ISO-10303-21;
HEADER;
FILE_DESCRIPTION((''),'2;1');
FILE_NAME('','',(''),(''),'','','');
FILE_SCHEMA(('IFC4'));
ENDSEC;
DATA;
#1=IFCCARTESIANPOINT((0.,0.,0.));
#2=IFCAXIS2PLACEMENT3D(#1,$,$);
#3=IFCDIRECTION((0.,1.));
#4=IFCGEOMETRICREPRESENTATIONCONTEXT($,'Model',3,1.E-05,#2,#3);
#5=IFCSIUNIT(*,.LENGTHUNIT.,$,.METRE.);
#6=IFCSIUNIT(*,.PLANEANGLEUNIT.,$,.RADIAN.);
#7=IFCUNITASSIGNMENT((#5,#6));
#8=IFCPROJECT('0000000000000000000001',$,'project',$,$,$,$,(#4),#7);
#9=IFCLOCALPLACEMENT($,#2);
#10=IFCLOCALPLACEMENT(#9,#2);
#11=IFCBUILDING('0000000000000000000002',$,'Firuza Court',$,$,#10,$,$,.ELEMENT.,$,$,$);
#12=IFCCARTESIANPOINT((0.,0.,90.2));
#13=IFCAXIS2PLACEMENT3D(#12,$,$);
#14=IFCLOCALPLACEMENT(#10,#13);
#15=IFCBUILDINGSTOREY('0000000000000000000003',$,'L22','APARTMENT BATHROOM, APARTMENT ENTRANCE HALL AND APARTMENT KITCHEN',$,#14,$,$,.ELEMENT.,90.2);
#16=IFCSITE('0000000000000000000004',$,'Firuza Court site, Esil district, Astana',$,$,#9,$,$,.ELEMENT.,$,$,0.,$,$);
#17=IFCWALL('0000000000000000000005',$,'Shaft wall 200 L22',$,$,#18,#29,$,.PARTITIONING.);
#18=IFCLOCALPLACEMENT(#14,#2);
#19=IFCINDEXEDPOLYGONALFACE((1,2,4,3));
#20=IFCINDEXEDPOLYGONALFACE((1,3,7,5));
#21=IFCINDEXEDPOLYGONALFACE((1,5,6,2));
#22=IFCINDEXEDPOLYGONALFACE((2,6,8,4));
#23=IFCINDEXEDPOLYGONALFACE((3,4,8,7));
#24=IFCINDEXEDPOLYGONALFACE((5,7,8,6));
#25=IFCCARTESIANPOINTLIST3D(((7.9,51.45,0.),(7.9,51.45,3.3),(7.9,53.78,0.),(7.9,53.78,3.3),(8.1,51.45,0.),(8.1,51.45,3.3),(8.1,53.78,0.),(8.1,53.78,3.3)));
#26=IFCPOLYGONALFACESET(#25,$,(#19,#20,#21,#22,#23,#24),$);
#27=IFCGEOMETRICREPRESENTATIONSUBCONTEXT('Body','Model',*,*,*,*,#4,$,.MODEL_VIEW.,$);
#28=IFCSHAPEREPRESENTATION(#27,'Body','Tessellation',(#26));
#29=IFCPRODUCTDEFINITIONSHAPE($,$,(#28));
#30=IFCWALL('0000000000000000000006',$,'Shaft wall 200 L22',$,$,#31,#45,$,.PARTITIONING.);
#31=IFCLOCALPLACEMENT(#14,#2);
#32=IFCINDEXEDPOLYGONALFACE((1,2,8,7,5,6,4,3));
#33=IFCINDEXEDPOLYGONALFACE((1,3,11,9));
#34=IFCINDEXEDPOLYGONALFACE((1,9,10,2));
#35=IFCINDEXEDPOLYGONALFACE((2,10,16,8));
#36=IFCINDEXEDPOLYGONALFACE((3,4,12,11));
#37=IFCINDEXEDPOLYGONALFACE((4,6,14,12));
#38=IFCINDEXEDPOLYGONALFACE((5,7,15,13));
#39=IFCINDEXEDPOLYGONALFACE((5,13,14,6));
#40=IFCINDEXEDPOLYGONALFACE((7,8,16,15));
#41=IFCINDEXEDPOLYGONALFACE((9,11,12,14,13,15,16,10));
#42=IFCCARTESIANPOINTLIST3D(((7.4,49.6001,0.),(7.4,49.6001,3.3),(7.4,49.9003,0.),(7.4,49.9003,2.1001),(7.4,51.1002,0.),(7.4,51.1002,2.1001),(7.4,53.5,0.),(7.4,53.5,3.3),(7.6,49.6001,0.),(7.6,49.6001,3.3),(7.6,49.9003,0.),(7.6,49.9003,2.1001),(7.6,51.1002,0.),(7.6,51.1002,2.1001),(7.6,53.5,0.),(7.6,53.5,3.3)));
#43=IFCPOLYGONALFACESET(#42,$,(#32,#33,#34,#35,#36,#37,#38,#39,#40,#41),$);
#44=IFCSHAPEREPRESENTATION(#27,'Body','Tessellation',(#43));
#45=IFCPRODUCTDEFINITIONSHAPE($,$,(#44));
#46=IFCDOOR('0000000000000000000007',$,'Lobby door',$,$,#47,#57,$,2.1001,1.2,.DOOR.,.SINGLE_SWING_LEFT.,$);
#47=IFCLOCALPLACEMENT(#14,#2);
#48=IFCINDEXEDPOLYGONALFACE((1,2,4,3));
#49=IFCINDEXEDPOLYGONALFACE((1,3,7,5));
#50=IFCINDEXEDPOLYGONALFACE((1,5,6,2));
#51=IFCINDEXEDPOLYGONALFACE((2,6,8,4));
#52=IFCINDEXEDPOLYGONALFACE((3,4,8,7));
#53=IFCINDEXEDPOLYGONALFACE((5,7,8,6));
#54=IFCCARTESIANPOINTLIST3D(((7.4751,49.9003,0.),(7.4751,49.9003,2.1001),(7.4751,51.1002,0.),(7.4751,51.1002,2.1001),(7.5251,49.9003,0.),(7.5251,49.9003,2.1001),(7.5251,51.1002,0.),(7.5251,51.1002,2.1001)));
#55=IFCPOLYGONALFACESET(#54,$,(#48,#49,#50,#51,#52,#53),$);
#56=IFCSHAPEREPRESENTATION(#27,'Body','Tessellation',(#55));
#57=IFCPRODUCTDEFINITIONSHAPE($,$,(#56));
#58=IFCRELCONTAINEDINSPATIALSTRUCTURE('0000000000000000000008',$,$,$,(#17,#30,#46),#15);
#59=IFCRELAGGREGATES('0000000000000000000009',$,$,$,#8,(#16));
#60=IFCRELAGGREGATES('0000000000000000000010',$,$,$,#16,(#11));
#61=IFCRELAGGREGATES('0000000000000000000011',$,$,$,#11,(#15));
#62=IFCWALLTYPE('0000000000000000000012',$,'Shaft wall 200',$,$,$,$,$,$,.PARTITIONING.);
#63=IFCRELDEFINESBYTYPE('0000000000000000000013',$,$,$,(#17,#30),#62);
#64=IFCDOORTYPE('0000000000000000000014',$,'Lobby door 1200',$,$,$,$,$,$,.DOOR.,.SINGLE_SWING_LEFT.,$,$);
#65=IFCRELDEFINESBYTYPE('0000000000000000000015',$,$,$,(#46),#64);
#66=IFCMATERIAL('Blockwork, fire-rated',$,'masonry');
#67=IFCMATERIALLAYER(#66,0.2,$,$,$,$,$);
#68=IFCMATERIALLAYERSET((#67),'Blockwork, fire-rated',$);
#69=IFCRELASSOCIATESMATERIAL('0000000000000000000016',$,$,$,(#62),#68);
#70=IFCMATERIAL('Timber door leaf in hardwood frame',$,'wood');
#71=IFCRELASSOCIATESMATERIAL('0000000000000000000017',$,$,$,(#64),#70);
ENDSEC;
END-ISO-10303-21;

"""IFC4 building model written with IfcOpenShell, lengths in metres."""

from ifc_helpers import new_model, si_unit, direction, frame, frame_2d, origin, place, context, subcontext, project, spatial, rectangle, extrude, material, layer, layer_set, type_object, element, fill, save


model = new_model("IFC4")

# Units and contexts
model_context = context("Model", 3, precision=1e-05, world=origin(), true_north=direction((0.0, 1.0)))
body_context = subcontext(model_context, "Body", "Model", "MODEL_VIEW")
ifc_project = project(units=[si_unit("LENGTHUNIT", "METRE"), si_unit("PLANEANGLEUNIT", "RADIAN")], contexts=[model_context])

# Site, building, storey
site_placement = place(None, origin())
site = spatial("IfcSite", under=ifc_project, at=site_placement, Name="Firuza Court site, Esil district, Astana", CompositionType="ELEMENT", RefElevation=0.0)
building_placement = place(site_placement, origin())
building = spatial("IfcBuilding", under=site, at=building_placement, Name="Firuza Court", CompositionType="ELEMENT")
storey_placement = place(building_placement, frame((0.0, 0.0, 90.2)))
storey = spatial("IfcBuildingStorey", under=building, at=storey_placement, Name="L22", Description="APARTMENT BATHROOM, APARTMENT ENTRANCE HALL AND APARTMENT KITCHEN", CompositionType="ELEMENT", Elevation=90.2)

# Shared definitions
ifc_material_1 = material(Name="Blockwork, fire-rated", Category="masonry")
ifc_layer_1 = layer(ifc_material_1, 0.2)
ifc_layer_set_1 = layer_set([ifc_layer_1], Name="Blockwork, fire-rated")
wall_type_1 = type_object("IfcWallType", Name="Shaft wall 200", PredefinedType="PARTITIONING", material=ifc_layer_set_1)
ifc_material_2 = material(Name="Timber door leaf in hardwood frame", Category="wood")
door_type_1 = type_object("IfcDoorType", Name="Lobby door 1200", OperationType="SINGLE_SWING_LEFT", PredefinedType="DOOR", material=ifc_material_2)

# Wall
wall_1_placement = place(storey_placement, frame((8.0, 51.45, 0.0), z_axis=(0.0, 0.0, 1.0), x_axis=(0.0, 1.0, 0.0)))
element("IfcWall", 1, at=wall_1_placement, inside=storey, type_object=wall_type_1, Name="Shaft wall 200 L22", PredefinedType="PARTITIONING", context=body_context, shape_type="SweptSolid", body=[
    extrude(rectangle(XDim=2.3301, YDim=0.2, at=frame_2d((1.165, 0.0))), origin(), (0.0, 0.0, 1.0), 3.3),
])

# Wall, opening, door
wall_2_placement = place(storey_placement, frame((7.5, 49.6001, 0.0), z_axis=(0.0, 0.0, 1.0), x_axis=(0.0, 1.0, 0.0)))
wall_2 = element("IfcWall", 2, at=wall_2_placement, inside=storey, type_object=wall_type_1, Name="Shaft wall 200 L22", PredefinedType="PARTITIONING", context=body_context, shape_type="SweptSolid", body=[
    extrude(rectangle(XDim=3.8999, YDim=0.2, at=frame_2d((1.95, 0.0))), origin(), (0.0, 0.0, 1.0), 3.3),
])
opening_1_placement = place(wall_2_placement, frame((0.3, 0.0, 0.0)))
opening_1 = element("IfcOpeningElement", 3, at=opening_1_placement, cuts=wall_2, PredefinedType="OPENING", context=body_context, shape_type="SweptSolid", body=[
    extrude(rectangle(XDim=1.2, YDim=2.1001, at=frame_2d((0.6001, 1.05))), frame((0.0, 0.1118, 0.0), z_axis=(0.0, -1.0, 0.0), x_axis=(1.0, 0.0, 0.0)), (0.0, 0.0, 1.0), 0.2239),
])
door_1_placement = place(opening_1_placement, origin())
door_1 = element("IfcDoor", 4, at=door_1_placement, inside=storey, type_object=door_type_1, Name="Lobby door", OperationType="SINGLE_SWING_LEFT", OverallHeight=2.1001, OverallWidth=1.2, PredefinedType="DOOR", context=body_context, shape_type="SweptSolid", body=[
    extrude(rectangle(XDim=1.2, YDim=2.1001, at=frame_2d((0.6001, 1.05))), frame((0.0, 0.0249, 0.0), z_axis=(0.0, -1.0, 0.0), x_axis=(1.0, 0.0, 0.0)), (0.0, 0.0, 1.0), 0.05),
])
fill(opening_1, door_1)

save(model, "model.ifc")
